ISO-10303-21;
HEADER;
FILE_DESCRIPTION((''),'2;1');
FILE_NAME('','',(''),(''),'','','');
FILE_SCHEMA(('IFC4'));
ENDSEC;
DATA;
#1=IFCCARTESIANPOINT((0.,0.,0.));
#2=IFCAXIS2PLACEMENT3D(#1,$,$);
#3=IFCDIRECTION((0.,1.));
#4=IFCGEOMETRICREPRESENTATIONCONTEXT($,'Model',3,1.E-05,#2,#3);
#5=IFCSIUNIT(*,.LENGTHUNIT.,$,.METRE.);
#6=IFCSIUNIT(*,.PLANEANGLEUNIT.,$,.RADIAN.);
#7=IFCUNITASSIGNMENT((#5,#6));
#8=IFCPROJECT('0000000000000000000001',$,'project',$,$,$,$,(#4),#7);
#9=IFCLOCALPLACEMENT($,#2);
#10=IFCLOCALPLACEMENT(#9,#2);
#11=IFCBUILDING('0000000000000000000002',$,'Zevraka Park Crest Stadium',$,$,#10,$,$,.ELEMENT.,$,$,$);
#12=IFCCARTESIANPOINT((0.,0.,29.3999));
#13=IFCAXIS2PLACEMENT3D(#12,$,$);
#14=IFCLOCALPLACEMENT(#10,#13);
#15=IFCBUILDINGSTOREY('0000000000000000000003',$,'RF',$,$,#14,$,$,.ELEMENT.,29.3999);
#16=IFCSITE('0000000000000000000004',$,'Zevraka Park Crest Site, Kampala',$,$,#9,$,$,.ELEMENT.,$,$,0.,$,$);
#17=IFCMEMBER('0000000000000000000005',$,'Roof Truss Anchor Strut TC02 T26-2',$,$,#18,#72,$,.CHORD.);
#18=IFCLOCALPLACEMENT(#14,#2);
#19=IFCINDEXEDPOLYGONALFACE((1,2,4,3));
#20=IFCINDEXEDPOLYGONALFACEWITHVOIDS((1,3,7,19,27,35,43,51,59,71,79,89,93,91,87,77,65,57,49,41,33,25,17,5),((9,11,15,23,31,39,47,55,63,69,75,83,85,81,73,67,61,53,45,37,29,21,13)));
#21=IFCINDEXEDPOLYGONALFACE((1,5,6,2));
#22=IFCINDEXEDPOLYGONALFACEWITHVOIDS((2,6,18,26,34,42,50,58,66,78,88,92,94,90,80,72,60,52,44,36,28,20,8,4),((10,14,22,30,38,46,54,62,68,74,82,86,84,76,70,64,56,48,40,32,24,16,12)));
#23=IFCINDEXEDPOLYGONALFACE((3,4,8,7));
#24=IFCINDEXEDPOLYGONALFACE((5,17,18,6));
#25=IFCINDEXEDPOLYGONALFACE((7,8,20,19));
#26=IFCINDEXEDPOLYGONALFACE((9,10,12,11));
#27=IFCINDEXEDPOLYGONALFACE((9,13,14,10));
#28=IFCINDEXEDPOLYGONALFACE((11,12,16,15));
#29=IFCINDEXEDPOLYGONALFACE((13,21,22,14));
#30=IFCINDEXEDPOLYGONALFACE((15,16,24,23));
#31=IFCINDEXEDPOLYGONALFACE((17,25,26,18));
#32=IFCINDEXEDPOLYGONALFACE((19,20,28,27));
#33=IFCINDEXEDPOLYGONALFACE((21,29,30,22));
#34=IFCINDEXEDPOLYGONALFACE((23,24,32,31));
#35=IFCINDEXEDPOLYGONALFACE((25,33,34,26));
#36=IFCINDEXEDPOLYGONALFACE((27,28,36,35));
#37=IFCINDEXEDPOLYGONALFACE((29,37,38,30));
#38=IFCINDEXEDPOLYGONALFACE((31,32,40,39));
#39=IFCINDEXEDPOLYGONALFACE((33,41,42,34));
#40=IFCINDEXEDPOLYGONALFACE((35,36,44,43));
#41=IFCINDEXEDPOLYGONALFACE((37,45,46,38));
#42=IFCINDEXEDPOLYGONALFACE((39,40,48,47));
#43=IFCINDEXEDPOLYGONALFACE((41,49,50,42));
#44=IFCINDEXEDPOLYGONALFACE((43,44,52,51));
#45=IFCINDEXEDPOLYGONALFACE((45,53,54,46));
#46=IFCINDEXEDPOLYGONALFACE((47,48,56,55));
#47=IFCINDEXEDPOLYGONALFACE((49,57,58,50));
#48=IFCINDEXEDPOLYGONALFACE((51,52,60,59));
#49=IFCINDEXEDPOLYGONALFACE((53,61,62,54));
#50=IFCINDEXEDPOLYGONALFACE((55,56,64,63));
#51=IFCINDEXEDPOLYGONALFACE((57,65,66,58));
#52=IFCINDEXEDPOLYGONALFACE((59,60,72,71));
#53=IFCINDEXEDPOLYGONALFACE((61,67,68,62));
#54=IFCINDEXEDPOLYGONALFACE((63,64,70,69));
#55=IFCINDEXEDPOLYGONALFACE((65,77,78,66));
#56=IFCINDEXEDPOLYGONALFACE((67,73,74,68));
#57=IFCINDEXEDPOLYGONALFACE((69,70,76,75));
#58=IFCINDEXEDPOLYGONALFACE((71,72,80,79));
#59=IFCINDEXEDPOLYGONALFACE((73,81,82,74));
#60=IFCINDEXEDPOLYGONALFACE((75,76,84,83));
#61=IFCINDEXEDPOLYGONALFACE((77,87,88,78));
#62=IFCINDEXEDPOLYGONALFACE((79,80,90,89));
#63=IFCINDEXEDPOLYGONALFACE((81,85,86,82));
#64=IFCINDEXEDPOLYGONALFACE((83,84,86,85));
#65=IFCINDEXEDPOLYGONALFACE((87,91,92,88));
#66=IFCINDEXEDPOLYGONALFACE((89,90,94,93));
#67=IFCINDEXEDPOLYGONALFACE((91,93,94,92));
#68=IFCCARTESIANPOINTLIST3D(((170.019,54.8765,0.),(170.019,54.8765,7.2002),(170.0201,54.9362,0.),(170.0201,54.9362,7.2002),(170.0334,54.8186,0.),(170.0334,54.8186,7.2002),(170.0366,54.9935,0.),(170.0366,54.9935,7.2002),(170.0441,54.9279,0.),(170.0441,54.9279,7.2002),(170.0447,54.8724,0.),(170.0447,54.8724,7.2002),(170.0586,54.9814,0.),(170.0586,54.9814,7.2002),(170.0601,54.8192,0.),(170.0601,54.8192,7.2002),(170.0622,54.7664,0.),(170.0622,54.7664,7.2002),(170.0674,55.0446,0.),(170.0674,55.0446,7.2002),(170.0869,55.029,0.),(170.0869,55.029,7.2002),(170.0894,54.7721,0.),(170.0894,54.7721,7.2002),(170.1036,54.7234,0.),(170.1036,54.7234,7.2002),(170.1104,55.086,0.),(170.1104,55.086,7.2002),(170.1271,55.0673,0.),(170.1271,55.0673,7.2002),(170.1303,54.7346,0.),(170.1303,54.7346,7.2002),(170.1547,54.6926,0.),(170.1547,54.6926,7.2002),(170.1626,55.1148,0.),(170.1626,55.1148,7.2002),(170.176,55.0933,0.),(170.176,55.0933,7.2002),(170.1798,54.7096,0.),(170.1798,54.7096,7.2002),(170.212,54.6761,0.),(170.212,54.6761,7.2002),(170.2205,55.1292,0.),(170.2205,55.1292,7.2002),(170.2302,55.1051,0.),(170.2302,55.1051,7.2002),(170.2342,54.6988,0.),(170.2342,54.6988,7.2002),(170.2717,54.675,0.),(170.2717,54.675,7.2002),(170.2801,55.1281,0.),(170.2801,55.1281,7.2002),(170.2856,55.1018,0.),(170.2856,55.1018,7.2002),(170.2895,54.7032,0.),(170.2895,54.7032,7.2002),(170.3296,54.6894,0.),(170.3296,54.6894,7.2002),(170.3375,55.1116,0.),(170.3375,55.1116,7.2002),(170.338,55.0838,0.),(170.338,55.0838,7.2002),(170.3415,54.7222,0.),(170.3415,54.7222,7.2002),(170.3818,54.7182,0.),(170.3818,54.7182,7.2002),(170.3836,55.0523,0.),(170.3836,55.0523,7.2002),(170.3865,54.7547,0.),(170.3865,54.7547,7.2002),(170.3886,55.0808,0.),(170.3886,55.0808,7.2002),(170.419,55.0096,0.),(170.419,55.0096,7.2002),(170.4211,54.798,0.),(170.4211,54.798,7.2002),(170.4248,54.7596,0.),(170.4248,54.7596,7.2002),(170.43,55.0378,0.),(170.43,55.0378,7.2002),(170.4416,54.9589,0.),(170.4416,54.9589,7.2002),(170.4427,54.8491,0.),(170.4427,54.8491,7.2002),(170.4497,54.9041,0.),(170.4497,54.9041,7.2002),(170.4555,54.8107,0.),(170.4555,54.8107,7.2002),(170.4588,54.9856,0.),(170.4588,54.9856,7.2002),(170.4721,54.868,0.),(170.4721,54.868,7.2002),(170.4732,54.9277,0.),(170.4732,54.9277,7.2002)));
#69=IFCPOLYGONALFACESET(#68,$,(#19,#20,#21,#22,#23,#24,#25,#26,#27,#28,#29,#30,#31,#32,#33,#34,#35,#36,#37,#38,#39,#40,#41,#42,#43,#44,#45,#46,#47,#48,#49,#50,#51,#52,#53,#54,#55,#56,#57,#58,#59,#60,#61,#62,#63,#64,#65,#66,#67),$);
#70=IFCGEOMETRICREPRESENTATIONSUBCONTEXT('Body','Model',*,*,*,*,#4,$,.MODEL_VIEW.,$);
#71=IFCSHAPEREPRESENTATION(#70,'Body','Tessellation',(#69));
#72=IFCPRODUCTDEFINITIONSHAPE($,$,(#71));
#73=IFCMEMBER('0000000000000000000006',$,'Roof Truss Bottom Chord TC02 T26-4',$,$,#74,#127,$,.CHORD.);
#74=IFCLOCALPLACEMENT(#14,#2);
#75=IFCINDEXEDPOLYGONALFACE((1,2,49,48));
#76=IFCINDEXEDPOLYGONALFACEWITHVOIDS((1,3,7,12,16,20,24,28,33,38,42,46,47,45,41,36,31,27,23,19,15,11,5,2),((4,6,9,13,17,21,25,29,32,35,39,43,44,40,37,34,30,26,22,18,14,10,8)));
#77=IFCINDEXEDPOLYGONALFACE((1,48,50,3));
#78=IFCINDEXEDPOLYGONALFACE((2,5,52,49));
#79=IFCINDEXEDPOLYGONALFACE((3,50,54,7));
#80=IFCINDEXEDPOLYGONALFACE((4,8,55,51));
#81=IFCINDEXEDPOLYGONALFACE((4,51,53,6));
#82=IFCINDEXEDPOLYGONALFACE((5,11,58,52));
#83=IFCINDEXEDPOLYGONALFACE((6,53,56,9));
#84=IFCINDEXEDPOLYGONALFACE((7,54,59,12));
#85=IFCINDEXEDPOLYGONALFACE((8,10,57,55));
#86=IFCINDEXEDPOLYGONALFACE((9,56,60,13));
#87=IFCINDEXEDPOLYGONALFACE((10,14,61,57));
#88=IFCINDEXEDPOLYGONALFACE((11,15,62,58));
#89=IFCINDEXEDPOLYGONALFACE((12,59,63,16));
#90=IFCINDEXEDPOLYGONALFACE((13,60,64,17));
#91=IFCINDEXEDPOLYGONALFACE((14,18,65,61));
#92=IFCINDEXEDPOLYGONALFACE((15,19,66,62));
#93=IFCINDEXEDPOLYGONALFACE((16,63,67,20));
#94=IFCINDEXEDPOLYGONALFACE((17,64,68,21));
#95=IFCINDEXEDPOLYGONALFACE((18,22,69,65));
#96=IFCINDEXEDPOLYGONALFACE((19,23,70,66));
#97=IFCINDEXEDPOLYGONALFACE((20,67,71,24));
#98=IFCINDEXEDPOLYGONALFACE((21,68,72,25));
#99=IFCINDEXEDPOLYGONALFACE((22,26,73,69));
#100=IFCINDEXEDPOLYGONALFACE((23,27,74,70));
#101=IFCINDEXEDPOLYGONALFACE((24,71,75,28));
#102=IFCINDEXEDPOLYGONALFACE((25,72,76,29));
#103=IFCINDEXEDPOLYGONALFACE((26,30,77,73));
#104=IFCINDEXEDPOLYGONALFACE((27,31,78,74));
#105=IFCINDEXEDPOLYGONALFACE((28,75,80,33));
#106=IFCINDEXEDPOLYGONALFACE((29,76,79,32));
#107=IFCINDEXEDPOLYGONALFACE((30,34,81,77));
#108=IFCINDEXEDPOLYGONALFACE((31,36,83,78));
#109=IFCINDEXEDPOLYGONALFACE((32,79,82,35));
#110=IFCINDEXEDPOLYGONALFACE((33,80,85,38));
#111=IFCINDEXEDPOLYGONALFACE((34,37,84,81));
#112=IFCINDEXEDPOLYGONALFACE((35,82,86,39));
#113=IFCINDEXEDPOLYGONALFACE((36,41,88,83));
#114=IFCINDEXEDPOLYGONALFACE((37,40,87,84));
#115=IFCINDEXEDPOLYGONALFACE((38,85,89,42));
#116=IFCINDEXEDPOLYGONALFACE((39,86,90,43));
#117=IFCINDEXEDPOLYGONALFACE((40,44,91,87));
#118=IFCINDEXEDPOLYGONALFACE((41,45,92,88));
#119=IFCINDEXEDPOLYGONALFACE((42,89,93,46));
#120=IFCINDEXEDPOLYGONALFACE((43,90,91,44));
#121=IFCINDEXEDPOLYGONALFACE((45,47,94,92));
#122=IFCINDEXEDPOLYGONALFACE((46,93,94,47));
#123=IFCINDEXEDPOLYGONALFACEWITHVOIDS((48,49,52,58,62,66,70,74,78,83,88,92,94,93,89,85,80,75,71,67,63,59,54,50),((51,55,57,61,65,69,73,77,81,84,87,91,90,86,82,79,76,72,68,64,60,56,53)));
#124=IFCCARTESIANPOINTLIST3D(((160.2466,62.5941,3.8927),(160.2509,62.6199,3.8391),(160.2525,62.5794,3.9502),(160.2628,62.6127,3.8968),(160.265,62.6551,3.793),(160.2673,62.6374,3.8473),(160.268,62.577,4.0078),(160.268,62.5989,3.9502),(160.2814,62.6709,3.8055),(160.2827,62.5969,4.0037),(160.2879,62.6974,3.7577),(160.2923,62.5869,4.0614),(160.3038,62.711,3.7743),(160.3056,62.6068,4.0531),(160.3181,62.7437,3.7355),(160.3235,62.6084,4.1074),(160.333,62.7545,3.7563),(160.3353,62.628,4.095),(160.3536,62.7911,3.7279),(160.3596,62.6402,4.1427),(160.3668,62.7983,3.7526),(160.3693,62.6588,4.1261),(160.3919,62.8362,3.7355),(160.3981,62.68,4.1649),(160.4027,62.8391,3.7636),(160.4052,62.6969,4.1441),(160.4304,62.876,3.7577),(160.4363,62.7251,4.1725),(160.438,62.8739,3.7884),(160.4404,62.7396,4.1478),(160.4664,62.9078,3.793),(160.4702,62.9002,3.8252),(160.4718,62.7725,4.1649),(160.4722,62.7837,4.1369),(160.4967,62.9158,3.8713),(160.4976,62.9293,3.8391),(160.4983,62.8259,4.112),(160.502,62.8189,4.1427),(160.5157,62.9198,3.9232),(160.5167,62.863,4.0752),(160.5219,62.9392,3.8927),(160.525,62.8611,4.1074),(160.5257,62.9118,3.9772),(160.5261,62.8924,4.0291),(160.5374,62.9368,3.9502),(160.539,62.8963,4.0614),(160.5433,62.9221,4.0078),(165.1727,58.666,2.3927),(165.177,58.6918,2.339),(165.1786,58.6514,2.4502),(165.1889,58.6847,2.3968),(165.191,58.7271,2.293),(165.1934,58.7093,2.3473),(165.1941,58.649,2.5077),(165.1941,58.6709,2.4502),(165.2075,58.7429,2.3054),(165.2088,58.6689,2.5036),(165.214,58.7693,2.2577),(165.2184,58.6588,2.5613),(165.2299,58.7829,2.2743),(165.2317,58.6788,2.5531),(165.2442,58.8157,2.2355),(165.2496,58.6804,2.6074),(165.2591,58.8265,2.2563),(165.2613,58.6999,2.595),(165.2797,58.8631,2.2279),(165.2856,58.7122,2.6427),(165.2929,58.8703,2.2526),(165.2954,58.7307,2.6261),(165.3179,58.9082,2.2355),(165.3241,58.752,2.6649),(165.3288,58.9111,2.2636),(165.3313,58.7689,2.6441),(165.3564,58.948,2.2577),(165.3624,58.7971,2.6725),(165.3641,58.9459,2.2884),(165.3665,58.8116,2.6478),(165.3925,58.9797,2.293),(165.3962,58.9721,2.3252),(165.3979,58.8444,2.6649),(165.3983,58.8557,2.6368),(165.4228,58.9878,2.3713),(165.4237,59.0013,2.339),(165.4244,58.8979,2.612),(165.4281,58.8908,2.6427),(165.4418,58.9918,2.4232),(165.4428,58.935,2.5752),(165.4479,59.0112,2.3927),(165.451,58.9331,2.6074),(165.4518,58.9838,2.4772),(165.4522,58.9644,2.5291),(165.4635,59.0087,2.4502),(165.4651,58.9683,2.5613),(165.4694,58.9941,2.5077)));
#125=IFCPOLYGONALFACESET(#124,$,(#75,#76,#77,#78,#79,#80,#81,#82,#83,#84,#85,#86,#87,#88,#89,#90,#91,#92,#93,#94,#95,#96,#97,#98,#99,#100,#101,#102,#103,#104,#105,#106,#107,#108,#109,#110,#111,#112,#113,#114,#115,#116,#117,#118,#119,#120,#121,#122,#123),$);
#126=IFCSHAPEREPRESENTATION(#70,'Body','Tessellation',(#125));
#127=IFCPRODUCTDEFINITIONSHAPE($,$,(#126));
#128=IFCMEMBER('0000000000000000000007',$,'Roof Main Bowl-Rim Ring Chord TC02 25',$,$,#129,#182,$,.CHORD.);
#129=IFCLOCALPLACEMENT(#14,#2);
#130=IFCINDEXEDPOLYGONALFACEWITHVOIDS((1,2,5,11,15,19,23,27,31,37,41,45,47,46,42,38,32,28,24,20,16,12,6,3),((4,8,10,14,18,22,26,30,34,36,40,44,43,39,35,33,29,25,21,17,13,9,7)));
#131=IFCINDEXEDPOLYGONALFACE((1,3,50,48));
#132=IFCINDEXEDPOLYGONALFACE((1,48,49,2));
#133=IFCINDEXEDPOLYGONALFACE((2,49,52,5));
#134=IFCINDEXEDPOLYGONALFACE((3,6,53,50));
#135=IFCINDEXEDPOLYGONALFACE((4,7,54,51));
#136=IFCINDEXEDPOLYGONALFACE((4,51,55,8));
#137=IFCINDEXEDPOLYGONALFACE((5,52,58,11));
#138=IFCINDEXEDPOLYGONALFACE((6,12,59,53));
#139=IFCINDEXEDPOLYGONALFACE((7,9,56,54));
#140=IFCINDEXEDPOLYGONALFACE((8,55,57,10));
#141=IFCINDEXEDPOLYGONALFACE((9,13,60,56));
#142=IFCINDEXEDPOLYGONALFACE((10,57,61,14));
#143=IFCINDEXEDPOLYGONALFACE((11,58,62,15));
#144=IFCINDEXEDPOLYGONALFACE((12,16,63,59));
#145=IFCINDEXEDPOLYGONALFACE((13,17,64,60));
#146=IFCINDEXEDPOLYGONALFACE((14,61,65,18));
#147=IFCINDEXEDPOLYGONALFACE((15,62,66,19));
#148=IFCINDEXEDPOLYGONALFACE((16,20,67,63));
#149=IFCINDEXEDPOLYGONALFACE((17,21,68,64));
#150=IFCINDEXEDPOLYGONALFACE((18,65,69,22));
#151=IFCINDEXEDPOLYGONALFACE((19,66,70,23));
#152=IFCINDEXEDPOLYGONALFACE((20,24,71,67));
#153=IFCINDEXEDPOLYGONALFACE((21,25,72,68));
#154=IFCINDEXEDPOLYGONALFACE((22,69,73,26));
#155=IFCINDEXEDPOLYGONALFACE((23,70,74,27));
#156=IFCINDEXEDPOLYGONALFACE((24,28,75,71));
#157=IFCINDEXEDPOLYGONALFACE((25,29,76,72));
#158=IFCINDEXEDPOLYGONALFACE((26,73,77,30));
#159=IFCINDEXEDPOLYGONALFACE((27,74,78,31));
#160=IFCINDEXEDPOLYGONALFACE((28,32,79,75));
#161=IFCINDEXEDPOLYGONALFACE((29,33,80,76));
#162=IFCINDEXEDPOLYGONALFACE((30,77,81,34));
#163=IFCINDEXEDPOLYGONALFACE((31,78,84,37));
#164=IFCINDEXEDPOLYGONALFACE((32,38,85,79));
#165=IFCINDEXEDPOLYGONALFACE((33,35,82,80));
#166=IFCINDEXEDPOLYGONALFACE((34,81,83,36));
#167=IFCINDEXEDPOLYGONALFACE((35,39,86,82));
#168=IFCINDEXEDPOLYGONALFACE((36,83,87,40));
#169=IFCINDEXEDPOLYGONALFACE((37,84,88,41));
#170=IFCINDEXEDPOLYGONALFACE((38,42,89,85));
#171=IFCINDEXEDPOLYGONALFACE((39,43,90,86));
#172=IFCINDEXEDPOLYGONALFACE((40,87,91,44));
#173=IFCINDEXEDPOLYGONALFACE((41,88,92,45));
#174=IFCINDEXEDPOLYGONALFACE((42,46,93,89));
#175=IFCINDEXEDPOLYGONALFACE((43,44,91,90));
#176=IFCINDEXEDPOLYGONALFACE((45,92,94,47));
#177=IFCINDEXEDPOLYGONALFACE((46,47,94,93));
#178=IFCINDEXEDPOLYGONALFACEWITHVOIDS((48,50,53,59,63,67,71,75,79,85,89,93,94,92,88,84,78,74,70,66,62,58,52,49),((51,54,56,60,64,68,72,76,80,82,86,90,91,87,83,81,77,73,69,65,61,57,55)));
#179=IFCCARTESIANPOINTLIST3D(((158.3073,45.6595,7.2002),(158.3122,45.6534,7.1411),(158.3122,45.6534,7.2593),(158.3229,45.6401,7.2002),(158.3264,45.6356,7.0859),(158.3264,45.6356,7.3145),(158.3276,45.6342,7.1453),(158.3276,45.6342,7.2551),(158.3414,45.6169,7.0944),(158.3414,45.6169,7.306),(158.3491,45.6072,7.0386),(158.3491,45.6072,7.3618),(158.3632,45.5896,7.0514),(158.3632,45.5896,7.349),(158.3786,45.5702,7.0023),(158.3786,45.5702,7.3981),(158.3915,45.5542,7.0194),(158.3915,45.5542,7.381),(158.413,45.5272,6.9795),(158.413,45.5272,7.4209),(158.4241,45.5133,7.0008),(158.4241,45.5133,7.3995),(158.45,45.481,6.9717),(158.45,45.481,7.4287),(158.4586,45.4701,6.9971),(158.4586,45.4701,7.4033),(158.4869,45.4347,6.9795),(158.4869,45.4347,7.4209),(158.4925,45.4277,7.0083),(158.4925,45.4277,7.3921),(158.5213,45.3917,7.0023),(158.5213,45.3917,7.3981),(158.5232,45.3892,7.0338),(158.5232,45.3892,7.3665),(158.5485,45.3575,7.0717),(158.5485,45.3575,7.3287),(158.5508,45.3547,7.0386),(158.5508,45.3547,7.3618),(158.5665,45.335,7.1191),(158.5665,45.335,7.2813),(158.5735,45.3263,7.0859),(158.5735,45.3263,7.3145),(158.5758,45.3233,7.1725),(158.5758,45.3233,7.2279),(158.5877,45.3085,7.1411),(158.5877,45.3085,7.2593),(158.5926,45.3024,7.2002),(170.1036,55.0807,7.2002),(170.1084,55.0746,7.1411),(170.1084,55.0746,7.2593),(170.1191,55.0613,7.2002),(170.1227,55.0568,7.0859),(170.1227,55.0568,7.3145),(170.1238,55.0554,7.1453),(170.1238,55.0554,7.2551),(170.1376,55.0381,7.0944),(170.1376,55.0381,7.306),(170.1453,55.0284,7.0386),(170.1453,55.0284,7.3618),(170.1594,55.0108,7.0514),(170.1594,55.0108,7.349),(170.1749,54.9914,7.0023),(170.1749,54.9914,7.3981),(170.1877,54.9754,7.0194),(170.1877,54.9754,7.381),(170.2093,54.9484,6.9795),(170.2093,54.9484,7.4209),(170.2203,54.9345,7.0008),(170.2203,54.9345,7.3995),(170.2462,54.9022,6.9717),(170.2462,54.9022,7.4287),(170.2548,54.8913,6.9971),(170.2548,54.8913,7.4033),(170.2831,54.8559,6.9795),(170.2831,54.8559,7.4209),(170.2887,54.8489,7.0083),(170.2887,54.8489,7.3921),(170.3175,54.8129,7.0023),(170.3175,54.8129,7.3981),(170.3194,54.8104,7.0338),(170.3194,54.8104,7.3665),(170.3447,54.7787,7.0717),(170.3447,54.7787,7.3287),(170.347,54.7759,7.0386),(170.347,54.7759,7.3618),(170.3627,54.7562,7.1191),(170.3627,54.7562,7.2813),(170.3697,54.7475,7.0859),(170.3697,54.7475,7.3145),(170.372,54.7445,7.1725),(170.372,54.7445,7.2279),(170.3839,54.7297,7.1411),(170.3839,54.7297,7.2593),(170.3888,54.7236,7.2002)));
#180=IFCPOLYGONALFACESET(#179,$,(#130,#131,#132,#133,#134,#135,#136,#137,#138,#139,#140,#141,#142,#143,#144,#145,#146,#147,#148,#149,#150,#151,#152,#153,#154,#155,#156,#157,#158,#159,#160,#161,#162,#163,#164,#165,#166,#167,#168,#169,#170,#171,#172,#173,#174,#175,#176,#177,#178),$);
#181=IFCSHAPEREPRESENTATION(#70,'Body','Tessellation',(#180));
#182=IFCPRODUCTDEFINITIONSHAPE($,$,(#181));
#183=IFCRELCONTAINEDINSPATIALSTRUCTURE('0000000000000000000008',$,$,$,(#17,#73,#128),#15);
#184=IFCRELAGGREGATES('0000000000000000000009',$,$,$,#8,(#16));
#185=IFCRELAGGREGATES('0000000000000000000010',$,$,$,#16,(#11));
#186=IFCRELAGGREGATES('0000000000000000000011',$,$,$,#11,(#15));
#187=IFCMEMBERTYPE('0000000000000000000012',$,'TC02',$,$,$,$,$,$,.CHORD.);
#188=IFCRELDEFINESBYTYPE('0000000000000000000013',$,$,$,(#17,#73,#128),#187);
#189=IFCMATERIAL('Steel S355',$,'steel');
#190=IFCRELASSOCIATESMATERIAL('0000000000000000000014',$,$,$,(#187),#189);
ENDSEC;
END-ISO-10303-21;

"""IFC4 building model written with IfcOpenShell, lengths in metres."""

from ifc_helpers import new_model, si_unit, direction, frame, origin, origin_2d, place, context, subcontext, project, spatial, hollow_circle, extrude, material, material_profile, profile_set, type_object, element, save


model = new_model("IFC4")

# Units and contexts
model_context = context("Model", 3, precision=1e-05, world=origin(), true_north=direction((0.0, 1.0)))
body_context = subcontext(model_context, "Body", "Model", "MODEL_VIEW")
ifc_project = project(units=[si_unit("LENGTHUNIT", "METRE"), si_unit("PLANEANGLEUNIT", "RADIAN")], contexts=[model_context])

# Site, building, storey
site_placement = place(None, origin())
site = spatial("IfcSite", under=ifc_project, at=site_placement, Name="Zevraka Park Crest Site, Kampala", CompositionType="ELEMENT", RefElevation=0.0)
building_placement = place(site_placement, origin())
building = spatial("IfcBuilding", under=site, at=building_placement, Name="Zevraka Park Crest Stadium", CompositionType="ELEMENT")
storey_placement = place(building_placement, frame((0.0, 0.0, 29.3999)))
storey = spatial("IfcBuildingStorey", under=building, at=storey_placement, Name="RF", CompositionType="ELEMENT", Elevation=29.3999)

# Members
ifc_material_1 = material(Name="Steel S355", Category="steel")
ifc_material_profile_1 = material_profile(ifc_material_1, hollow_circle(Radius=0.2285, WallThickness=0.0249, at=origin_2d()), Name="CHS 457.0x25")
ifc_profile_set_1 = profile_set([ifc_material_profile_1], Name="Steel S355")
member_type_1 = type_object("IfcMemberType", Name="TC02", PredefinedType="CHORD", material=ifc_profile_set_1)
member_1_placement = place(storey_placement, frame((170.2461, 54.9021, 0.0), z_axis=(0.0, 0.0, 1.0), x_axis=(-0.781847, 0.62347, 0.0)))
element("IfcMember", 1, at=member_1_placement, inside=storey, type_object=member_type_1, Name="Roof Truss Anchor Strut TC02 T26-2", PredefinedType="CHORD", context=body_context, shape_type="SweptSolid", body=[
    extrude(hollow_circle(Radius=0.2285, WallThickness=0.0249, at=origin_2d()), origin(), (0.0, 0.0, 1.0), 7.2002),
])
member_2_placement = place(storey_placement, frame((165.321, 58.8301, 2.4502), z_axis=(-0.760603, 0.606499, 0.231607), x_axis=(-0.623451, -0.781862, 0.0)))
element("IfcMember", 2, at=member_2_placement, inside=storey, type_object=member_type_1, Name="Roof Truss Bottom Chord TC02 T26-4", PredefinedType="CHORD", context=body_context, shape_type="SweptSolid", body=[
    extrude(hollow_circle(Radius=0.2285, WallThickness=0.0249, at=origin_2d()), origin(), (0.0, 0.0, 1.0), 6.4766),
])
member_3_placement = place(storey_placement, frame((158.45, 45.481, 7.2002), z_axis=(0.781378, 0.624058, 0.0), x_axis=(-0.624058, 0.781378, 0.0)))
element("IfcMember", 3, at=member_3_placement, inside=storey, type_object=member_type_1, Name="Roof Main Bowl-Rim Ring Chord TC02 25", PredefinedType="CHORD", context=body_context, shape_type="SweptSolid", body=[
    extrude(hollow_circle(Radius=0.2285, WallThickness=0.0249, at=origin_2d()), origin(), (0.0, 0.0, 1.0), 15.0967),
])

save(model, "model.ifc")
